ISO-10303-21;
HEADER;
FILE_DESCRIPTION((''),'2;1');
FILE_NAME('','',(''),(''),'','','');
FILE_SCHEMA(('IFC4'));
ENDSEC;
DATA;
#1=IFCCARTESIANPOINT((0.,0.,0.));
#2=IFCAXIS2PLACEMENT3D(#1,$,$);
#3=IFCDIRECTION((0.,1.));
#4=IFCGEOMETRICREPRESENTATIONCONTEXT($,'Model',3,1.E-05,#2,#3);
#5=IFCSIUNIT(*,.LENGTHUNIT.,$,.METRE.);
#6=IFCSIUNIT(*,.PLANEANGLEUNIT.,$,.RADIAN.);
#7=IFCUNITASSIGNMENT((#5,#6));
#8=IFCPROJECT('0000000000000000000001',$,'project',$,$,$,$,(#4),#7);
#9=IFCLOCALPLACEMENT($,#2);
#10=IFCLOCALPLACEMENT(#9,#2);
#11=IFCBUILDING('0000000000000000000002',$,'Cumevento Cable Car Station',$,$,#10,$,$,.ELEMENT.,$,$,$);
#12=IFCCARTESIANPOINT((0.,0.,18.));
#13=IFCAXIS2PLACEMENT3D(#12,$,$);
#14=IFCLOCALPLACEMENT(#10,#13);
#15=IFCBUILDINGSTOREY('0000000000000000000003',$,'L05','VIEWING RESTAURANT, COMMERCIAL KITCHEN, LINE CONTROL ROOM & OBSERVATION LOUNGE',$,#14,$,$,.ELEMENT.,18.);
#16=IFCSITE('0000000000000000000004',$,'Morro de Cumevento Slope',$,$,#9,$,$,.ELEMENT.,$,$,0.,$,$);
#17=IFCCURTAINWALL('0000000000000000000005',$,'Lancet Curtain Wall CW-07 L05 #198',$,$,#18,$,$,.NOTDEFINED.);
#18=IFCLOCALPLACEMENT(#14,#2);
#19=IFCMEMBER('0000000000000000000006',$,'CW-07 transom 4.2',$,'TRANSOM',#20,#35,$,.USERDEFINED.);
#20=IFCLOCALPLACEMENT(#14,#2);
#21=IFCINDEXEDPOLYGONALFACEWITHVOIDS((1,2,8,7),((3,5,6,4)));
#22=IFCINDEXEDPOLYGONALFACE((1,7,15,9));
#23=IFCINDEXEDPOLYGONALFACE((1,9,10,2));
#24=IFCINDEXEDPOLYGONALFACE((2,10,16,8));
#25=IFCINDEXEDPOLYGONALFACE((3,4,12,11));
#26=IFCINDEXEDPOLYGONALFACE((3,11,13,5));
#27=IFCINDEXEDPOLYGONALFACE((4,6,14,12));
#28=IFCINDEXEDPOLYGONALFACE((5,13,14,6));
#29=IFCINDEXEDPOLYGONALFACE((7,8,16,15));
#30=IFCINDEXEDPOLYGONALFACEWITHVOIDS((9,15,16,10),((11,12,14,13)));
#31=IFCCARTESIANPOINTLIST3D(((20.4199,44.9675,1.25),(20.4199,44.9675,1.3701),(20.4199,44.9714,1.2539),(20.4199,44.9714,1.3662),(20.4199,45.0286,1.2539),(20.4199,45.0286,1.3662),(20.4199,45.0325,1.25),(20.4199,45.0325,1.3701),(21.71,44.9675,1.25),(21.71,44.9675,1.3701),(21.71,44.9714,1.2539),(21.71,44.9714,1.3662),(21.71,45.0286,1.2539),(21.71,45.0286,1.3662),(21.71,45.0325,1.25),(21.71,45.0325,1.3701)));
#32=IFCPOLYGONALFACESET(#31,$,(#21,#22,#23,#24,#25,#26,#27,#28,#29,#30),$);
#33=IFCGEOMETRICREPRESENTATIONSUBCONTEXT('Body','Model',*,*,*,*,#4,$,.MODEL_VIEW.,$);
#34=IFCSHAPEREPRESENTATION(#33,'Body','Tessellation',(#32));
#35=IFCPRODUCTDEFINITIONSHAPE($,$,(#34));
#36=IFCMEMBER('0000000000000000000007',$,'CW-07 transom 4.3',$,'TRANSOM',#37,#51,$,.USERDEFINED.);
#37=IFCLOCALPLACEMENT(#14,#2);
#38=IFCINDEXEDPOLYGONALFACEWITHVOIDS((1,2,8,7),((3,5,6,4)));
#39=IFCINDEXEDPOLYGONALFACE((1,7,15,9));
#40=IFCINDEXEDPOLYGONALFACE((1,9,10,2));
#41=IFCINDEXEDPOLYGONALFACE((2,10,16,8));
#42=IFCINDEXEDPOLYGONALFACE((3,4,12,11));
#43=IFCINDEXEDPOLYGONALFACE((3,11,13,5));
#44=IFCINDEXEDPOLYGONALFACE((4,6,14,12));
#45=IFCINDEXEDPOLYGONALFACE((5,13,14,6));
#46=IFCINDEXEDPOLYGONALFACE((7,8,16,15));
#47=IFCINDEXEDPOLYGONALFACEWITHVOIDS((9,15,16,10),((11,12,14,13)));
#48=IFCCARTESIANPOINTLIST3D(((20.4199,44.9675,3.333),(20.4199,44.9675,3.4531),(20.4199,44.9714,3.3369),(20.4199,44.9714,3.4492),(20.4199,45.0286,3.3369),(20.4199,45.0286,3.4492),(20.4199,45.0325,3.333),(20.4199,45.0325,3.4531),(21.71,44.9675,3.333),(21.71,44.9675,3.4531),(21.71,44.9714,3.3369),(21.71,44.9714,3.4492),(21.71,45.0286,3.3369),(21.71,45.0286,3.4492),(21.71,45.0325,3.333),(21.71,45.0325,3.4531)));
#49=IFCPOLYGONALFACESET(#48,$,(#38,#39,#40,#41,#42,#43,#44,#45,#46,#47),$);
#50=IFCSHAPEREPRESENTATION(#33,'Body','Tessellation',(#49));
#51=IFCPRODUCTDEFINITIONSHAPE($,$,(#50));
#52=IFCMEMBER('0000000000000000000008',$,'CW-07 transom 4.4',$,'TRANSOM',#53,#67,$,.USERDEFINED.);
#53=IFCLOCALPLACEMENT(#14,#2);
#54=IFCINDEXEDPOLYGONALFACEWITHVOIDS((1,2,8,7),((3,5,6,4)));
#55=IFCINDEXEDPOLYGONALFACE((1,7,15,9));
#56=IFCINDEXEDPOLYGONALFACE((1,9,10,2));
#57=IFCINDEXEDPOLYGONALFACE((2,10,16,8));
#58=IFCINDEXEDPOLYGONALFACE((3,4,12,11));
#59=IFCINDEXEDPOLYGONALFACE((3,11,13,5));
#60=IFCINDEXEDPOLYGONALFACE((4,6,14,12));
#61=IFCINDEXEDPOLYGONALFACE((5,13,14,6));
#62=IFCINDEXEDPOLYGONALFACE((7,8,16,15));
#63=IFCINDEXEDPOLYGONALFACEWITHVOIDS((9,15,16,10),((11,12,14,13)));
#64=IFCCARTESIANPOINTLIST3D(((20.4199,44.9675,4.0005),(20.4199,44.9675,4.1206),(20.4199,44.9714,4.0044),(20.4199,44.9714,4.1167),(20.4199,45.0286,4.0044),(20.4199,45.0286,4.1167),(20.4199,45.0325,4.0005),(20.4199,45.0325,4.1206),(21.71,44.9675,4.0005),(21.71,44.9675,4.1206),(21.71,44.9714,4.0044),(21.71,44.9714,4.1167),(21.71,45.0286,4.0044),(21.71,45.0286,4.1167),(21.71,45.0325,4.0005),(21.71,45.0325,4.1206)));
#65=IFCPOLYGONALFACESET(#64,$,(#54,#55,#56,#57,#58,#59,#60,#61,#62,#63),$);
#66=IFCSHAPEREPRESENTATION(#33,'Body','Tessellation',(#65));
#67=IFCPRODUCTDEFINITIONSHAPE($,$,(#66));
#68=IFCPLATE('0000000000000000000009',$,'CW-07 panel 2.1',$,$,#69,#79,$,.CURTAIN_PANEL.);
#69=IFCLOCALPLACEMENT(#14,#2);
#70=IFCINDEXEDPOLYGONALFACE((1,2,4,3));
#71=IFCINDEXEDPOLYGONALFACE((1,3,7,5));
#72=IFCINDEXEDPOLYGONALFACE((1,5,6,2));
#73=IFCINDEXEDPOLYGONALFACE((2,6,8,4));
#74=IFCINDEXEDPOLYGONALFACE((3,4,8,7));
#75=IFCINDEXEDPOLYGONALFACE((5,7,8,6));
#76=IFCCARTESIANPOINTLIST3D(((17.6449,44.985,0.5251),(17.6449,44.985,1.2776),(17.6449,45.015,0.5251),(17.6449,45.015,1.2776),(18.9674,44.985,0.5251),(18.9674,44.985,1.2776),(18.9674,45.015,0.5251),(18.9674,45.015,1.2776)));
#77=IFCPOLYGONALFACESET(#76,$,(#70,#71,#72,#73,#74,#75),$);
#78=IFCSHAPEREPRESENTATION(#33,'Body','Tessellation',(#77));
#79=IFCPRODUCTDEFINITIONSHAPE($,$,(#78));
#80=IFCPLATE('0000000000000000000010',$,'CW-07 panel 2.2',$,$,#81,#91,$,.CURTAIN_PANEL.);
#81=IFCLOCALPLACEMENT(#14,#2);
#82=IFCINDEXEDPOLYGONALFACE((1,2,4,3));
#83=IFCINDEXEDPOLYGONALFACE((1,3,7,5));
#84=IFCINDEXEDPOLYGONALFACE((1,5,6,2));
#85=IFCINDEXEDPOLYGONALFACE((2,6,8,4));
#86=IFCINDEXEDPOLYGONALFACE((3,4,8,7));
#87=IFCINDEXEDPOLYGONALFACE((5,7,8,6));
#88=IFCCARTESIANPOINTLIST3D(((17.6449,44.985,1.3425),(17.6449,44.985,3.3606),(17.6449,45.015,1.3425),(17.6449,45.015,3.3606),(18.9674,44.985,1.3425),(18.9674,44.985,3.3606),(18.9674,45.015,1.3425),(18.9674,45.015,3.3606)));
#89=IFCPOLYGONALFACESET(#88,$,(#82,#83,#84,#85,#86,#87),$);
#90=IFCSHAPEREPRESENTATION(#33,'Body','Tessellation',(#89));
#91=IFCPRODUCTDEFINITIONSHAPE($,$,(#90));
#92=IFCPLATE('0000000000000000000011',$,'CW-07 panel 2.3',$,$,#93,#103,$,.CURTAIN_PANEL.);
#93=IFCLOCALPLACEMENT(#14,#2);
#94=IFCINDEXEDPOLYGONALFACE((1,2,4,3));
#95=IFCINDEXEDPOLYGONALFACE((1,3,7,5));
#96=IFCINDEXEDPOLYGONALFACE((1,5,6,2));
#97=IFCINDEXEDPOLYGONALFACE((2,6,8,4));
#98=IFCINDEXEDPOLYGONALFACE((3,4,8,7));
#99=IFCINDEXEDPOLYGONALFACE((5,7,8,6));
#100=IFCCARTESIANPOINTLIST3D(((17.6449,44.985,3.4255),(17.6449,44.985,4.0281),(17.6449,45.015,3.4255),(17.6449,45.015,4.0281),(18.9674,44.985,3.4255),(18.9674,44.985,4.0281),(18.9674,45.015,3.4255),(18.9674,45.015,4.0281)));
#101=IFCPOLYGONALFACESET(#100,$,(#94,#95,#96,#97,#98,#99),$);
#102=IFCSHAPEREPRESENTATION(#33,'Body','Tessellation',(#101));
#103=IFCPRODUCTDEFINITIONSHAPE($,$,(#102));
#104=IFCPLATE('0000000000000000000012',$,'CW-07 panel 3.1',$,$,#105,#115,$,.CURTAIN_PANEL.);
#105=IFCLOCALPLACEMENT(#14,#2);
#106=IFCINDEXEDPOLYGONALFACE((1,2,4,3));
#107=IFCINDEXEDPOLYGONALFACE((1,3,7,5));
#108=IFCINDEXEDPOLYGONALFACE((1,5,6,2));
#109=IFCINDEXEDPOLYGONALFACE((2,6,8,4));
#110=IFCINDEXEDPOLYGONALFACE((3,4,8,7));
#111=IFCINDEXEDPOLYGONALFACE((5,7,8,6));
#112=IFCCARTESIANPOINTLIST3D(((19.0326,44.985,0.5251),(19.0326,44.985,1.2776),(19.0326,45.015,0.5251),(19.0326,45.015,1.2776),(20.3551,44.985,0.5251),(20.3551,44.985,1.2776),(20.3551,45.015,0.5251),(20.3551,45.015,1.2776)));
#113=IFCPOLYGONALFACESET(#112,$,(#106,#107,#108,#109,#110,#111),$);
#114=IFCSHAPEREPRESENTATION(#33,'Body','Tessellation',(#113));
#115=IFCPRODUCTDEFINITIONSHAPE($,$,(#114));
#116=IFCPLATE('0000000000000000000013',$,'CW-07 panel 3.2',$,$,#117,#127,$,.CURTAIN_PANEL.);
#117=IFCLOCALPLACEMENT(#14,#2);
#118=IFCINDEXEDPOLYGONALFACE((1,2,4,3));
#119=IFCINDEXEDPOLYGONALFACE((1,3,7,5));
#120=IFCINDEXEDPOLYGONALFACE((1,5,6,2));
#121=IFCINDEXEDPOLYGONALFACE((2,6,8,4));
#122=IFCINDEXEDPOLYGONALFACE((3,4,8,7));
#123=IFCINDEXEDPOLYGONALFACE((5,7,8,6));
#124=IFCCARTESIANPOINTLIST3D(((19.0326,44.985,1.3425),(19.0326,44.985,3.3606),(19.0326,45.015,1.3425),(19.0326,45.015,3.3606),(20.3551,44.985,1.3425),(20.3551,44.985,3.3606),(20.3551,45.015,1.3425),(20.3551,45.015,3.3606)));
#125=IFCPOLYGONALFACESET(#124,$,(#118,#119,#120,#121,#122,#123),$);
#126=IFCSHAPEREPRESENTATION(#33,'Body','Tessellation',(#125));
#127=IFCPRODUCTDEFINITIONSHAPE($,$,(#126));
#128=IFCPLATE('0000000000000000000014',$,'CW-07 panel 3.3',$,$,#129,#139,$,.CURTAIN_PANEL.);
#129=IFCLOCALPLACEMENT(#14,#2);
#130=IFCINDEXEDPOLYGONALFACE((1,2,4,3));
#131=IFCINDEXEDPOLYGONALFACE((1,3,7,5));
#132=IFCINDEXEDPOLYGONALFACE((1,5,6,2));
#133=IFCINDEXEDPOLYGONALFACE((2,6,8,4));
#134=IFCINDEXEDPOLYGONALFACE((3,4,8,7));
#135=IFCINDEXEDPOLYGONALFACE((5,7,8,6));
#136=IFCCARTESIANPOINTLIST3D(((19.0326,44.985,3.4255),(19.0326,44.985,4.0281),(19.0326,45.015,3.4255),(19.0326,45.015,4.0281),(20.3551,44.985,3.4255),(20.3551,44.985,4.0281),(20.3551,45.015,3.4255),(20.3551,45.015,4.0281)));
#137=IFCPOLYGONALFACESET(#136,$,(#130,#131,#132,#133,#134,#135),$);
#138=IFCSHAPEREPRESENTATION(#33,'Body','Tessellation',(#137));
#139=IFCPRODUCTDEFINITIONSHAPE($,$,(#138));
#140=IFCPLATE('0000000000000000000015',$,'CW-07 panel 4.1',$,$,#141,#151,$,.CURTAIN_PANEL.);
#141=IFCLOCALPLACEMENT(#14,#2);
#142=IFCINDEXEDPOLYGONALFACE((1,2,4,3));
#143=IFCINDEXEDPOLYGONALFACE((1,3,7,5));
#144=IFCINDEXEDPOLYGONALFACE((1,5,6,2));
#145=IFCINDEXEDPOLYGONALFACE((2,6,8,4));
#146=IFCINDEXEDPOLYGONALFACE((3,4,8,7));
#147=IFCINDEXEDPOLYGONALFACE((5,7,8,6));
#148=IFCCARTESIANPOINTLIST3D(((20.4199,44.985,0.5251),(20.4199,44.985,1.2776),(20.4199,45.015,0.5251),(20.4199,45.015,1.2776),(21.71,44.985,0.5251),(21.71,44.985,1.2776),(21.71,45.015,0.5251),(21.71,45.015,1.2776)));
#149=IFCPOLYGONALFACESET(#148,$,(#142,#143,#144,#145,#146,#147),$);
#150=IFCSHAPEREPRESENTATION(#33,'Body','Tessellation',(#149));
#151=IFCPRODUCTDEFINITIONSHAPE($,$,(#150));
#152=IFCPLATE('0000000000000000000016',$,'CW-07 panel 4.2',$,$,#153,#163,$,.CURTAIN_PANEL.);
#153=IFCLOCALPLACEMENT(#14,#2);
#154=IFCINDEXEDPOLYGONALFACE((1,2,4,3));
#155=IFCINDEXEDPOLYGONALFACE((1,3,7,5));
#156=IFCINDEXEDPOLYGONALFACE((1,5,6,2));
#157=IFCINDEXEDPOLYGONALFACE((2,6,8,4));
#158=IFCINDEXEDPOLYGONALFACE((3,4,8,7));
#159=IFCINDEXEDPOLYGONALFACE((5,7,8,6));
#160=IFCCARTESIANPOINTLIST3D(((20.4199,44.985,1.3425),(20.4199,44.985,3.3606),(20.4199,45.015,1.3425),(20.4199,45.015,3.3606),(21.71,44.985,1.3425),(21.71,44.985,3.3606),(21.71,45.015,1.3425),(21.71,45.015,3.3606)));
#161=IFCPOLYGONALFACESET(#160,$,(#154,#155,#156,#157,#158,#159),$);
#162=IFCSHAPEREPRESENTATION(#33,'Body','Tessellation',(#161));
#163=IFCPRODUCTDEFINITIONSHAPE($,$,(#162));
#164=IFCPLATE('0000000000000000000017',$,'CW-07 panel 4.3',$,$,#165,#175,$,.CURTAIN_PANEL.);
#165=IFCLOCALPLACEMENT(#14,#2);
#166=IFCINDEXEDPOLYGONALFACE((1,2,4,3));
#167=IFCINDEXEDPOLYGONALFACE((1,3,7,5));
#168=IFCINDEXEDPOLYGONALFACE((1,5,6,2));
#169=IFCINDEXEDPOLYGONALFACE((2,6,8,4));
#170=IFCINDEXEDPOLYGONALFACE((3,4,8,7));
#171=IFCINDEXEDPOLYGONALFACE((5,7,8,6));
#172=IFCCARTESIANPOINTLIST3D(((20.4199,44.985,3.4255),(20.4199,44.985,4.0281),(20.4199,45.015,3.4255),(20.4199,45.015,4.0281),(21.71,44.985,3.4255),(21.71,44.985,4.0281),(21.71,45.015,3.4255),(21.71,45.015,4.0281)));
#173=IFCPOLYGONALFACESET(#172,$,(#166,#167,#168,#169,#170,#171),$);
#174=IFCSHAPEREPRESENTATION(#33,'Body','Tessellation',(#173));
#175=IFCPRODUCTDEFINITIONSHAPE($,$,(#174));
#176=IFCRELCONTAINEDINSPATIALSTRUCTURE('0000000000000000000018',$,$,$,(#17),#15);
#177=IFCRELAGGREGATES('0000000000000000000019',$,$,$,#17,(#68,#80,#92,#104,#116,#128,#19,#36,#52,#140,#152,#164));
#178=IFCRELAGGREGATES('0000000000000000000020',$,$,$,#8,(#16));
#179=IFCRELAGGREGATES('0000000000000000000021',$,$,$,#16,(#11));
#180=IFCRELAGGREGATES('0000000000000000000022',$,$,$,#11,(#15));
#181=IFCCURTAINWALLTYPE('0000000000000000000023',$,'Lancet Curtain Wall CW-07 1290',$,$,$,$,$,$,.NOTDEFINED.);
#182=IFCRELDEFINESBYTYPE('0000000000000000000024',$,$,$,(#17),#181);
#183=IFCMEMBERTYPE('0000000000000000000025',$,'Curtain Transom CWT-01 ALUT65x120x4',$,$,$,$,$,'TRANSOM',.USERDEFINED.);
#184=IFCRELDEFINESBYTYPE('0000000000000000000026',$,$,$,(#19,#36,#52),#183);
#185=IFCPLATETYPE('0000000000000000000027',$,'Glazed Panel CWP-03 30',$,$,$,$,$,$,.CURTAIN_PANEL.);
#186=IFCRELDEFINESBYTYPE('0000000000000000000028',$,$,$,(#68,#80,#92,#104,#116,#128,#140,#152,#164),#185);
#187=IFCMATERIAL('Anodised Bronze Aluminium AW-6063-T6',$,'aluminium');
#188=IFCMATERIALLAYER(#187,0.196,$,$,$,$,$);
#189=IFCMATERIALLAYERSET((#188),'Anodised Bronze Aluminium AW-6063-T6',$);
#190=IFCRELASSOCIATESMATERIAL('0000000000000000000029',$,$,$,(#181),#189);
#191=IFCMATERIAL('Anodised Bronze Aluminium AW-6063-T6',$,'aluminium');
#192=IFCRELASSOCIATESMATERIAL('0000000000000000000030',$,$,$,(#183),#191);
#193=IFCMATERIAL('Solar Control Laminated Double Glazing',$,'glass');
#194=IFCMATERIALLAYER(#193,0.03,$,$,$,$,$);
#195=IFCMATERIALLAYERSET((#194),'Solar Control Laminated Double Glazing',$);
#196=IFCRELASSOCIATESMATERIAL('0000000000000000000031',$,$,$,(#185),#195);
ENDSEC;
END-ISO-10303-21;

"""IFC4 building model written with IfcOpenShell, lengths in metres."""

from ifc_helpers import new_model, si_unit, direction, frame, origin, origin_2d, place, context, subcontext, project, spatial, rectangle, hollow_rectangle, extrude, material, layer, layer_set, material_profile, profile_set, type_object, element, aggregate, save


model = new_model("IFC4")

# Units and contexts
model_context = context("Model", 3, precision=1e-05, world=origin(), true_north=direction((0.0, 1.0)))
body_context = subcontext(model_context, "Body", "Model", "MODEL_VIEW")
ifc_project = project(units=[si_unit("LENGTHUNIT", "METRE"), si_unit("PLANEANGLEUNIT", "RADIAN")], contexts=[model_context])

# Site, building, storey
site_placement = place(None, origin())
site = spatial("IfcSite", under=ifc_project, at=site_placement, Name="Morro de Cumevento Slope", CompositionType="ELEMENT", RefElevation=0.0)
building_placement = place(site_placement, origin())
building = spatial("IfcBuilding", under=site, at=building_placement, Name="Cumevento Cable Car Station", CompositionType="ELEMENT")
storey_placement = place(building_placement, frame((0.0, 0.0, 18.0)))
storey = spatial("IfcBuildingStorey", under=building, at=storey_placement, Name="L05", Description="VIEWING RESTAURANT, COMMERCIAL KITCHEN, LINE CONTROL ROOM & OBSERVATION LOUNGE", CompositionType="ELEMENT", Elevation=18.0)

# Curtain wall, members, plates
ifc_material_1 = material(Name="Anodised Bronze Aluminium AW-6063-T6", Category="aluminium")
ifc_layer_1 = layer(ifc_material_1, 0.196)
ifc_layer_set_1 = layer_set([ifc_layer_1], Name="Anodised Bronze Aluminium AW-6063-T6")
curtain_wall_type = type_object("IfcCurtainWallType", Name="Lancet Curtain Wall CW-07 1290", PredefinedType="NOTDEFINED", material=ifc_layer_set_1)
curtain_wall_placement = place(storey_placement, origin())
curtain_wall = element("IfcCurtainWall", 1, at=curtain_wall_placement, inside=storey, type_object=curtain_wall_type, Name="Lancet Curtain Wall CW-07 L05 #198", PredefinedType="NOTDEFINED")
ifc_material_2 = material(Name="Anodised Bronze Aluminium AW-6063-T6", Category="aluminium")
ifc_material_profile_1 = material_profile(ifc_material_2, hollow_rectangle(XDim=0.0649, YDim=0.1201, WallThickness=0.0039, at=origin_2d()), Name="ALUT65x120x4")
ifc_profile_set_1 = profile_set([ifc_material_profile_1], Name="Anodised Bronze Aluminium AW-6063-T6")
member_type_1 = type_object("IfcMemberType", Name="Curtain Transom CWT-01 ALUT65x120x4", ElementType="TRANSOM", PredefinedType="USERDEFINED", material=ifc_profile_set_1)
member_1_placement = place(storey_placement, frame((20.4199, 45.0, 1.3101), z_axis=(1.0, 0.0, 0.0), x_axis=(0.0, 1.0, 0.0)))
member_1 = element("IfcMember", 2, at=member_1_placement, type_object=member_type_1, Name="CW-07 transom 4.2", ObjectType="TRANSOM", PredefinedType="USERDEFINED", context=body_context, shape_type="SweptSolid", body=[
    extrude(hollow_rectangle(XDim=0.0649, YDim=0.1201, WallThickness=0.0039, at=origin_2d()), origin(), (0.0, 0.0, 1.0), 1.29),
])
member_2_placement = place(storey_placement, frame((20.4199, 45.0, 3.3931), z_axis=(1.0, 0.0, 0.0), x_axis=(0.0, 1.0, 0.0)))
member_2 = element("IfcMember", 3, at=member_2_placement, type_object=member_type_1, Name="CW-07 transom 4.3", ObjectType="TRANSOM", PredefinedType="USERDEFINED", context=body_context, shape_type="SweptSolid", body=[
    extrude(hollow_rectangle(XDim=0.0649, YDim=0.1201, WallThickness=0.0039, at=origin_2d()), origin(), (0.0, 0.0, 1.0), 1.29),
])
member_3_placement = place(storey_placement, frame((20.4199, 45.0, 4.0605), z_axis=(1.0, 0.0, 0.0), x_axis=(0.0, 1.0, 0.0)))
member_3 = element("IfcMember", 4, at=member_3_placement, type_object=member_type_1, Name="CW-07 transom 4.4", ObjectType="TRANSOM", PredefinedType="USERDEFINED", context=body_context, shape_type="SweptSolid", body=[
    extrude(hollow_rectangle(XDim=0.0649, YDim=0.1201, WallThickness=0.0039, at=origin_2d()), origin(), (0.0, 0.0, 1.0), 1.29),
])
ifc_material_3 = material(Name="Solar Control Laminated Double Glazing", Category="glass")
ifc_layer_2 = layer(ifc_material_3, 0.03)
ifc_layer_set_2 = layer_set([ifc_layer_2], Name="Solar Control Laminated Double Glazing")
plate_type = type_object("IfcPlateType", Name="Glazed Panel CWP-03 30", PredefinedType="CURTAIN_PANEL", material=ifc_layer_set_2)
plate_1_placement = place(storey_placement, frame((18.3062, 45.0, 0.5251), z_axis=(0.0, 0.0, 1.0), x_axis=(1.0, 0.0, 0.0)))
plate_1 = element("IfcPlate", 5, at=plate_1_placement, type_object=plate_type, Name="CW-07 panel 2.1", PredefinedType="CURTAIN_PANEL", context=body_context, shape_type="SweptSolid", body=[
    extrude(rectangle(XDim=1.3225, YDim=0.03, at=origin_2d()), origin(), (0.0, 0.0, 1.0), 0.7524),
])
plate_2_placement = place(storey_placement, frame((18.3062, 45.0, 1.3425), z_axis=(0.0, 0.0, 1.0), x_axis=(1.0, 0.0, 0.0)))
plate_2 = element("IfcPlate", 6, at=plate_2_placement, type_object=plate_type, Name="CW-07 panel 2.2", PredefinedType="CURTAIN_PANEL", context=body_context, shape_type="SweptSolid", body=[
    extrude(rectangle(XDim=1.3225, YDim=0.03, at=origin_2d()), origin(), (0.0, 0.0, 1.0), 2.0181),
])
plate_3_placement = place(storey_placement, frame((18.3062, 45.0, 3.4255), z_axis=(0.0, 0.0, 1.0), x_axis=(1.0, 0.0, 0.0)))
plate_3 = element("IfcPlate", 7, at=plate_3_placement, type_object=plate_type, Name="CW-07 panel 2.3", PredefinedType="CURTAIN_PANEL", context=body_context, shape_type="SweptSolid", body=[
    extrude(rectangle(XDim=1.3225, YDim=0.03, at=origin_2d()), origin(), (0.0, 0.0, 1.0), 0.6025),
])
plate_4_placement = place(storey_placement, frame((19.6938, 45.0, 0.5251), z_axis=(0.0, 0.0, 1.0), x_axis=(1.0, 0.0, 0.0)))
plate_4 = element("IfcPlate", 8, at=plate_4_placement, type_object=plate_type, Name="CW-07 panel 3.1", PredefinedType="CURTAIN_PANEL", context=body_context, shape_type="SweptSolid", body=[
    extrude(rectangle(XDim=1.3225, YDim=0.03, at=origin_2d()), origin(), (0.0, 0.0, 1.0), 0.7524),
])
plate_5_placement = place(storey_placement, frame((19.6938, 45.0, 1.3425), z_axis=(0.0, 0.0, 1.0), x_axis=(1.0, 0.0, 0.0)))
plate_5 = element("IfcPlate", 9, at=plate_5_placement, type_object=plate_type, Name="CW-07 panel 3.2", PredefinedType="CURTAIN_PANEL", context=body_context, shape_type="SweptSolid", body=[
    extrude(rectangle(XDim=1.3225, YDim=0.03, at=origin_2d()), origin(), (0.0, 0.0, 1.0), 2.0181),
])
plate_6_placement = place(storey_placement, frame((19.6938, 45.0, 3.4255), z_axis=(0.0, 0.0, 1.0), x_axis=(1.0, 0.0, 0.0)))
plate_6 = element("IfcPlate", 10, at=plate_6_placement, type_object=plate_type, Name="CW-07 panel 3.3", PredefinedType="CURTAIN_PANEL", context=body_context, shape_type="SweptSolid", body=[
    extrude(rectangle(XDim=1.3225, YDim=0.03, at=origin_2d()), origin(), (0.0, 0.0, 1.0), 0.6025),
])
plate_7_placement = place(storey_placement, frame((21.0649, 45.0, 0.5251), z_axis=(0.0, 0.0, 1.0), x_axis=(1.0, 0.0, 0.0)))
plate_7 = element("IfcPlate", 11, at=plate_7_placement, type_object=plate_type, Name="CW-07 panel 4.1", PredefinedType="CURTAIN_PANEL", context=body_context, shape_type="SweptSolid", body=[
    extrude(rectangle(XDim=1.29, YDim=0.03, at=origin_2d()), origin(), (0.0, 0.0, 1.0), 0.7524),
])
plate_8_placement = place(storey_placement, frame((21.0649, 45.0, 1.3425), z_axis=(0.0, 0.0, 1.0), x_axis=(1.0, 0.0, 0.0)))
plate_8 = element("IfcPlate", 12, at=plate_8_placement, type_object=plate_type, Name="CW-07 panel 4.2", PredefinedType="CURTAIN_PANEL", context=body_context, shape_type="SweptSolid", body=[
    extrude(rectangle(XDim=1.29, YDim=0.03, at=origin_2d()), origin(), (0.0, 0.0, 1.0), 2.0181),
])
plate_9_placement = place(storey_placement, frame((21.0649, 45.0, 3.4255), z_axis=(0.0, 0.0, 1.0), x_axis=(1.0, 0.0, 0.0)))
plate_9 = element("IfcPlate", 13, at=plate_9_placement, type_object=plate_type, Name="CW-07 panel 4.3", PredefinedType="CURTAIN_PANEL", context=body_context, shape_type="SweptSolid", body=[
    extrude(rectangle(XDim=1.29, YDim=0.03, at=origin_2d()), origin(), (0.0, 0.0, 1.0), 0.6025),
])
aggregate(curtain_wall, [plate_1, plate_2, plate_3, plate_4, plate_5, plate_6, member_1, member_2, member_3, plate_7, plate_8, plate_9])

save(model, "model.ifc")
